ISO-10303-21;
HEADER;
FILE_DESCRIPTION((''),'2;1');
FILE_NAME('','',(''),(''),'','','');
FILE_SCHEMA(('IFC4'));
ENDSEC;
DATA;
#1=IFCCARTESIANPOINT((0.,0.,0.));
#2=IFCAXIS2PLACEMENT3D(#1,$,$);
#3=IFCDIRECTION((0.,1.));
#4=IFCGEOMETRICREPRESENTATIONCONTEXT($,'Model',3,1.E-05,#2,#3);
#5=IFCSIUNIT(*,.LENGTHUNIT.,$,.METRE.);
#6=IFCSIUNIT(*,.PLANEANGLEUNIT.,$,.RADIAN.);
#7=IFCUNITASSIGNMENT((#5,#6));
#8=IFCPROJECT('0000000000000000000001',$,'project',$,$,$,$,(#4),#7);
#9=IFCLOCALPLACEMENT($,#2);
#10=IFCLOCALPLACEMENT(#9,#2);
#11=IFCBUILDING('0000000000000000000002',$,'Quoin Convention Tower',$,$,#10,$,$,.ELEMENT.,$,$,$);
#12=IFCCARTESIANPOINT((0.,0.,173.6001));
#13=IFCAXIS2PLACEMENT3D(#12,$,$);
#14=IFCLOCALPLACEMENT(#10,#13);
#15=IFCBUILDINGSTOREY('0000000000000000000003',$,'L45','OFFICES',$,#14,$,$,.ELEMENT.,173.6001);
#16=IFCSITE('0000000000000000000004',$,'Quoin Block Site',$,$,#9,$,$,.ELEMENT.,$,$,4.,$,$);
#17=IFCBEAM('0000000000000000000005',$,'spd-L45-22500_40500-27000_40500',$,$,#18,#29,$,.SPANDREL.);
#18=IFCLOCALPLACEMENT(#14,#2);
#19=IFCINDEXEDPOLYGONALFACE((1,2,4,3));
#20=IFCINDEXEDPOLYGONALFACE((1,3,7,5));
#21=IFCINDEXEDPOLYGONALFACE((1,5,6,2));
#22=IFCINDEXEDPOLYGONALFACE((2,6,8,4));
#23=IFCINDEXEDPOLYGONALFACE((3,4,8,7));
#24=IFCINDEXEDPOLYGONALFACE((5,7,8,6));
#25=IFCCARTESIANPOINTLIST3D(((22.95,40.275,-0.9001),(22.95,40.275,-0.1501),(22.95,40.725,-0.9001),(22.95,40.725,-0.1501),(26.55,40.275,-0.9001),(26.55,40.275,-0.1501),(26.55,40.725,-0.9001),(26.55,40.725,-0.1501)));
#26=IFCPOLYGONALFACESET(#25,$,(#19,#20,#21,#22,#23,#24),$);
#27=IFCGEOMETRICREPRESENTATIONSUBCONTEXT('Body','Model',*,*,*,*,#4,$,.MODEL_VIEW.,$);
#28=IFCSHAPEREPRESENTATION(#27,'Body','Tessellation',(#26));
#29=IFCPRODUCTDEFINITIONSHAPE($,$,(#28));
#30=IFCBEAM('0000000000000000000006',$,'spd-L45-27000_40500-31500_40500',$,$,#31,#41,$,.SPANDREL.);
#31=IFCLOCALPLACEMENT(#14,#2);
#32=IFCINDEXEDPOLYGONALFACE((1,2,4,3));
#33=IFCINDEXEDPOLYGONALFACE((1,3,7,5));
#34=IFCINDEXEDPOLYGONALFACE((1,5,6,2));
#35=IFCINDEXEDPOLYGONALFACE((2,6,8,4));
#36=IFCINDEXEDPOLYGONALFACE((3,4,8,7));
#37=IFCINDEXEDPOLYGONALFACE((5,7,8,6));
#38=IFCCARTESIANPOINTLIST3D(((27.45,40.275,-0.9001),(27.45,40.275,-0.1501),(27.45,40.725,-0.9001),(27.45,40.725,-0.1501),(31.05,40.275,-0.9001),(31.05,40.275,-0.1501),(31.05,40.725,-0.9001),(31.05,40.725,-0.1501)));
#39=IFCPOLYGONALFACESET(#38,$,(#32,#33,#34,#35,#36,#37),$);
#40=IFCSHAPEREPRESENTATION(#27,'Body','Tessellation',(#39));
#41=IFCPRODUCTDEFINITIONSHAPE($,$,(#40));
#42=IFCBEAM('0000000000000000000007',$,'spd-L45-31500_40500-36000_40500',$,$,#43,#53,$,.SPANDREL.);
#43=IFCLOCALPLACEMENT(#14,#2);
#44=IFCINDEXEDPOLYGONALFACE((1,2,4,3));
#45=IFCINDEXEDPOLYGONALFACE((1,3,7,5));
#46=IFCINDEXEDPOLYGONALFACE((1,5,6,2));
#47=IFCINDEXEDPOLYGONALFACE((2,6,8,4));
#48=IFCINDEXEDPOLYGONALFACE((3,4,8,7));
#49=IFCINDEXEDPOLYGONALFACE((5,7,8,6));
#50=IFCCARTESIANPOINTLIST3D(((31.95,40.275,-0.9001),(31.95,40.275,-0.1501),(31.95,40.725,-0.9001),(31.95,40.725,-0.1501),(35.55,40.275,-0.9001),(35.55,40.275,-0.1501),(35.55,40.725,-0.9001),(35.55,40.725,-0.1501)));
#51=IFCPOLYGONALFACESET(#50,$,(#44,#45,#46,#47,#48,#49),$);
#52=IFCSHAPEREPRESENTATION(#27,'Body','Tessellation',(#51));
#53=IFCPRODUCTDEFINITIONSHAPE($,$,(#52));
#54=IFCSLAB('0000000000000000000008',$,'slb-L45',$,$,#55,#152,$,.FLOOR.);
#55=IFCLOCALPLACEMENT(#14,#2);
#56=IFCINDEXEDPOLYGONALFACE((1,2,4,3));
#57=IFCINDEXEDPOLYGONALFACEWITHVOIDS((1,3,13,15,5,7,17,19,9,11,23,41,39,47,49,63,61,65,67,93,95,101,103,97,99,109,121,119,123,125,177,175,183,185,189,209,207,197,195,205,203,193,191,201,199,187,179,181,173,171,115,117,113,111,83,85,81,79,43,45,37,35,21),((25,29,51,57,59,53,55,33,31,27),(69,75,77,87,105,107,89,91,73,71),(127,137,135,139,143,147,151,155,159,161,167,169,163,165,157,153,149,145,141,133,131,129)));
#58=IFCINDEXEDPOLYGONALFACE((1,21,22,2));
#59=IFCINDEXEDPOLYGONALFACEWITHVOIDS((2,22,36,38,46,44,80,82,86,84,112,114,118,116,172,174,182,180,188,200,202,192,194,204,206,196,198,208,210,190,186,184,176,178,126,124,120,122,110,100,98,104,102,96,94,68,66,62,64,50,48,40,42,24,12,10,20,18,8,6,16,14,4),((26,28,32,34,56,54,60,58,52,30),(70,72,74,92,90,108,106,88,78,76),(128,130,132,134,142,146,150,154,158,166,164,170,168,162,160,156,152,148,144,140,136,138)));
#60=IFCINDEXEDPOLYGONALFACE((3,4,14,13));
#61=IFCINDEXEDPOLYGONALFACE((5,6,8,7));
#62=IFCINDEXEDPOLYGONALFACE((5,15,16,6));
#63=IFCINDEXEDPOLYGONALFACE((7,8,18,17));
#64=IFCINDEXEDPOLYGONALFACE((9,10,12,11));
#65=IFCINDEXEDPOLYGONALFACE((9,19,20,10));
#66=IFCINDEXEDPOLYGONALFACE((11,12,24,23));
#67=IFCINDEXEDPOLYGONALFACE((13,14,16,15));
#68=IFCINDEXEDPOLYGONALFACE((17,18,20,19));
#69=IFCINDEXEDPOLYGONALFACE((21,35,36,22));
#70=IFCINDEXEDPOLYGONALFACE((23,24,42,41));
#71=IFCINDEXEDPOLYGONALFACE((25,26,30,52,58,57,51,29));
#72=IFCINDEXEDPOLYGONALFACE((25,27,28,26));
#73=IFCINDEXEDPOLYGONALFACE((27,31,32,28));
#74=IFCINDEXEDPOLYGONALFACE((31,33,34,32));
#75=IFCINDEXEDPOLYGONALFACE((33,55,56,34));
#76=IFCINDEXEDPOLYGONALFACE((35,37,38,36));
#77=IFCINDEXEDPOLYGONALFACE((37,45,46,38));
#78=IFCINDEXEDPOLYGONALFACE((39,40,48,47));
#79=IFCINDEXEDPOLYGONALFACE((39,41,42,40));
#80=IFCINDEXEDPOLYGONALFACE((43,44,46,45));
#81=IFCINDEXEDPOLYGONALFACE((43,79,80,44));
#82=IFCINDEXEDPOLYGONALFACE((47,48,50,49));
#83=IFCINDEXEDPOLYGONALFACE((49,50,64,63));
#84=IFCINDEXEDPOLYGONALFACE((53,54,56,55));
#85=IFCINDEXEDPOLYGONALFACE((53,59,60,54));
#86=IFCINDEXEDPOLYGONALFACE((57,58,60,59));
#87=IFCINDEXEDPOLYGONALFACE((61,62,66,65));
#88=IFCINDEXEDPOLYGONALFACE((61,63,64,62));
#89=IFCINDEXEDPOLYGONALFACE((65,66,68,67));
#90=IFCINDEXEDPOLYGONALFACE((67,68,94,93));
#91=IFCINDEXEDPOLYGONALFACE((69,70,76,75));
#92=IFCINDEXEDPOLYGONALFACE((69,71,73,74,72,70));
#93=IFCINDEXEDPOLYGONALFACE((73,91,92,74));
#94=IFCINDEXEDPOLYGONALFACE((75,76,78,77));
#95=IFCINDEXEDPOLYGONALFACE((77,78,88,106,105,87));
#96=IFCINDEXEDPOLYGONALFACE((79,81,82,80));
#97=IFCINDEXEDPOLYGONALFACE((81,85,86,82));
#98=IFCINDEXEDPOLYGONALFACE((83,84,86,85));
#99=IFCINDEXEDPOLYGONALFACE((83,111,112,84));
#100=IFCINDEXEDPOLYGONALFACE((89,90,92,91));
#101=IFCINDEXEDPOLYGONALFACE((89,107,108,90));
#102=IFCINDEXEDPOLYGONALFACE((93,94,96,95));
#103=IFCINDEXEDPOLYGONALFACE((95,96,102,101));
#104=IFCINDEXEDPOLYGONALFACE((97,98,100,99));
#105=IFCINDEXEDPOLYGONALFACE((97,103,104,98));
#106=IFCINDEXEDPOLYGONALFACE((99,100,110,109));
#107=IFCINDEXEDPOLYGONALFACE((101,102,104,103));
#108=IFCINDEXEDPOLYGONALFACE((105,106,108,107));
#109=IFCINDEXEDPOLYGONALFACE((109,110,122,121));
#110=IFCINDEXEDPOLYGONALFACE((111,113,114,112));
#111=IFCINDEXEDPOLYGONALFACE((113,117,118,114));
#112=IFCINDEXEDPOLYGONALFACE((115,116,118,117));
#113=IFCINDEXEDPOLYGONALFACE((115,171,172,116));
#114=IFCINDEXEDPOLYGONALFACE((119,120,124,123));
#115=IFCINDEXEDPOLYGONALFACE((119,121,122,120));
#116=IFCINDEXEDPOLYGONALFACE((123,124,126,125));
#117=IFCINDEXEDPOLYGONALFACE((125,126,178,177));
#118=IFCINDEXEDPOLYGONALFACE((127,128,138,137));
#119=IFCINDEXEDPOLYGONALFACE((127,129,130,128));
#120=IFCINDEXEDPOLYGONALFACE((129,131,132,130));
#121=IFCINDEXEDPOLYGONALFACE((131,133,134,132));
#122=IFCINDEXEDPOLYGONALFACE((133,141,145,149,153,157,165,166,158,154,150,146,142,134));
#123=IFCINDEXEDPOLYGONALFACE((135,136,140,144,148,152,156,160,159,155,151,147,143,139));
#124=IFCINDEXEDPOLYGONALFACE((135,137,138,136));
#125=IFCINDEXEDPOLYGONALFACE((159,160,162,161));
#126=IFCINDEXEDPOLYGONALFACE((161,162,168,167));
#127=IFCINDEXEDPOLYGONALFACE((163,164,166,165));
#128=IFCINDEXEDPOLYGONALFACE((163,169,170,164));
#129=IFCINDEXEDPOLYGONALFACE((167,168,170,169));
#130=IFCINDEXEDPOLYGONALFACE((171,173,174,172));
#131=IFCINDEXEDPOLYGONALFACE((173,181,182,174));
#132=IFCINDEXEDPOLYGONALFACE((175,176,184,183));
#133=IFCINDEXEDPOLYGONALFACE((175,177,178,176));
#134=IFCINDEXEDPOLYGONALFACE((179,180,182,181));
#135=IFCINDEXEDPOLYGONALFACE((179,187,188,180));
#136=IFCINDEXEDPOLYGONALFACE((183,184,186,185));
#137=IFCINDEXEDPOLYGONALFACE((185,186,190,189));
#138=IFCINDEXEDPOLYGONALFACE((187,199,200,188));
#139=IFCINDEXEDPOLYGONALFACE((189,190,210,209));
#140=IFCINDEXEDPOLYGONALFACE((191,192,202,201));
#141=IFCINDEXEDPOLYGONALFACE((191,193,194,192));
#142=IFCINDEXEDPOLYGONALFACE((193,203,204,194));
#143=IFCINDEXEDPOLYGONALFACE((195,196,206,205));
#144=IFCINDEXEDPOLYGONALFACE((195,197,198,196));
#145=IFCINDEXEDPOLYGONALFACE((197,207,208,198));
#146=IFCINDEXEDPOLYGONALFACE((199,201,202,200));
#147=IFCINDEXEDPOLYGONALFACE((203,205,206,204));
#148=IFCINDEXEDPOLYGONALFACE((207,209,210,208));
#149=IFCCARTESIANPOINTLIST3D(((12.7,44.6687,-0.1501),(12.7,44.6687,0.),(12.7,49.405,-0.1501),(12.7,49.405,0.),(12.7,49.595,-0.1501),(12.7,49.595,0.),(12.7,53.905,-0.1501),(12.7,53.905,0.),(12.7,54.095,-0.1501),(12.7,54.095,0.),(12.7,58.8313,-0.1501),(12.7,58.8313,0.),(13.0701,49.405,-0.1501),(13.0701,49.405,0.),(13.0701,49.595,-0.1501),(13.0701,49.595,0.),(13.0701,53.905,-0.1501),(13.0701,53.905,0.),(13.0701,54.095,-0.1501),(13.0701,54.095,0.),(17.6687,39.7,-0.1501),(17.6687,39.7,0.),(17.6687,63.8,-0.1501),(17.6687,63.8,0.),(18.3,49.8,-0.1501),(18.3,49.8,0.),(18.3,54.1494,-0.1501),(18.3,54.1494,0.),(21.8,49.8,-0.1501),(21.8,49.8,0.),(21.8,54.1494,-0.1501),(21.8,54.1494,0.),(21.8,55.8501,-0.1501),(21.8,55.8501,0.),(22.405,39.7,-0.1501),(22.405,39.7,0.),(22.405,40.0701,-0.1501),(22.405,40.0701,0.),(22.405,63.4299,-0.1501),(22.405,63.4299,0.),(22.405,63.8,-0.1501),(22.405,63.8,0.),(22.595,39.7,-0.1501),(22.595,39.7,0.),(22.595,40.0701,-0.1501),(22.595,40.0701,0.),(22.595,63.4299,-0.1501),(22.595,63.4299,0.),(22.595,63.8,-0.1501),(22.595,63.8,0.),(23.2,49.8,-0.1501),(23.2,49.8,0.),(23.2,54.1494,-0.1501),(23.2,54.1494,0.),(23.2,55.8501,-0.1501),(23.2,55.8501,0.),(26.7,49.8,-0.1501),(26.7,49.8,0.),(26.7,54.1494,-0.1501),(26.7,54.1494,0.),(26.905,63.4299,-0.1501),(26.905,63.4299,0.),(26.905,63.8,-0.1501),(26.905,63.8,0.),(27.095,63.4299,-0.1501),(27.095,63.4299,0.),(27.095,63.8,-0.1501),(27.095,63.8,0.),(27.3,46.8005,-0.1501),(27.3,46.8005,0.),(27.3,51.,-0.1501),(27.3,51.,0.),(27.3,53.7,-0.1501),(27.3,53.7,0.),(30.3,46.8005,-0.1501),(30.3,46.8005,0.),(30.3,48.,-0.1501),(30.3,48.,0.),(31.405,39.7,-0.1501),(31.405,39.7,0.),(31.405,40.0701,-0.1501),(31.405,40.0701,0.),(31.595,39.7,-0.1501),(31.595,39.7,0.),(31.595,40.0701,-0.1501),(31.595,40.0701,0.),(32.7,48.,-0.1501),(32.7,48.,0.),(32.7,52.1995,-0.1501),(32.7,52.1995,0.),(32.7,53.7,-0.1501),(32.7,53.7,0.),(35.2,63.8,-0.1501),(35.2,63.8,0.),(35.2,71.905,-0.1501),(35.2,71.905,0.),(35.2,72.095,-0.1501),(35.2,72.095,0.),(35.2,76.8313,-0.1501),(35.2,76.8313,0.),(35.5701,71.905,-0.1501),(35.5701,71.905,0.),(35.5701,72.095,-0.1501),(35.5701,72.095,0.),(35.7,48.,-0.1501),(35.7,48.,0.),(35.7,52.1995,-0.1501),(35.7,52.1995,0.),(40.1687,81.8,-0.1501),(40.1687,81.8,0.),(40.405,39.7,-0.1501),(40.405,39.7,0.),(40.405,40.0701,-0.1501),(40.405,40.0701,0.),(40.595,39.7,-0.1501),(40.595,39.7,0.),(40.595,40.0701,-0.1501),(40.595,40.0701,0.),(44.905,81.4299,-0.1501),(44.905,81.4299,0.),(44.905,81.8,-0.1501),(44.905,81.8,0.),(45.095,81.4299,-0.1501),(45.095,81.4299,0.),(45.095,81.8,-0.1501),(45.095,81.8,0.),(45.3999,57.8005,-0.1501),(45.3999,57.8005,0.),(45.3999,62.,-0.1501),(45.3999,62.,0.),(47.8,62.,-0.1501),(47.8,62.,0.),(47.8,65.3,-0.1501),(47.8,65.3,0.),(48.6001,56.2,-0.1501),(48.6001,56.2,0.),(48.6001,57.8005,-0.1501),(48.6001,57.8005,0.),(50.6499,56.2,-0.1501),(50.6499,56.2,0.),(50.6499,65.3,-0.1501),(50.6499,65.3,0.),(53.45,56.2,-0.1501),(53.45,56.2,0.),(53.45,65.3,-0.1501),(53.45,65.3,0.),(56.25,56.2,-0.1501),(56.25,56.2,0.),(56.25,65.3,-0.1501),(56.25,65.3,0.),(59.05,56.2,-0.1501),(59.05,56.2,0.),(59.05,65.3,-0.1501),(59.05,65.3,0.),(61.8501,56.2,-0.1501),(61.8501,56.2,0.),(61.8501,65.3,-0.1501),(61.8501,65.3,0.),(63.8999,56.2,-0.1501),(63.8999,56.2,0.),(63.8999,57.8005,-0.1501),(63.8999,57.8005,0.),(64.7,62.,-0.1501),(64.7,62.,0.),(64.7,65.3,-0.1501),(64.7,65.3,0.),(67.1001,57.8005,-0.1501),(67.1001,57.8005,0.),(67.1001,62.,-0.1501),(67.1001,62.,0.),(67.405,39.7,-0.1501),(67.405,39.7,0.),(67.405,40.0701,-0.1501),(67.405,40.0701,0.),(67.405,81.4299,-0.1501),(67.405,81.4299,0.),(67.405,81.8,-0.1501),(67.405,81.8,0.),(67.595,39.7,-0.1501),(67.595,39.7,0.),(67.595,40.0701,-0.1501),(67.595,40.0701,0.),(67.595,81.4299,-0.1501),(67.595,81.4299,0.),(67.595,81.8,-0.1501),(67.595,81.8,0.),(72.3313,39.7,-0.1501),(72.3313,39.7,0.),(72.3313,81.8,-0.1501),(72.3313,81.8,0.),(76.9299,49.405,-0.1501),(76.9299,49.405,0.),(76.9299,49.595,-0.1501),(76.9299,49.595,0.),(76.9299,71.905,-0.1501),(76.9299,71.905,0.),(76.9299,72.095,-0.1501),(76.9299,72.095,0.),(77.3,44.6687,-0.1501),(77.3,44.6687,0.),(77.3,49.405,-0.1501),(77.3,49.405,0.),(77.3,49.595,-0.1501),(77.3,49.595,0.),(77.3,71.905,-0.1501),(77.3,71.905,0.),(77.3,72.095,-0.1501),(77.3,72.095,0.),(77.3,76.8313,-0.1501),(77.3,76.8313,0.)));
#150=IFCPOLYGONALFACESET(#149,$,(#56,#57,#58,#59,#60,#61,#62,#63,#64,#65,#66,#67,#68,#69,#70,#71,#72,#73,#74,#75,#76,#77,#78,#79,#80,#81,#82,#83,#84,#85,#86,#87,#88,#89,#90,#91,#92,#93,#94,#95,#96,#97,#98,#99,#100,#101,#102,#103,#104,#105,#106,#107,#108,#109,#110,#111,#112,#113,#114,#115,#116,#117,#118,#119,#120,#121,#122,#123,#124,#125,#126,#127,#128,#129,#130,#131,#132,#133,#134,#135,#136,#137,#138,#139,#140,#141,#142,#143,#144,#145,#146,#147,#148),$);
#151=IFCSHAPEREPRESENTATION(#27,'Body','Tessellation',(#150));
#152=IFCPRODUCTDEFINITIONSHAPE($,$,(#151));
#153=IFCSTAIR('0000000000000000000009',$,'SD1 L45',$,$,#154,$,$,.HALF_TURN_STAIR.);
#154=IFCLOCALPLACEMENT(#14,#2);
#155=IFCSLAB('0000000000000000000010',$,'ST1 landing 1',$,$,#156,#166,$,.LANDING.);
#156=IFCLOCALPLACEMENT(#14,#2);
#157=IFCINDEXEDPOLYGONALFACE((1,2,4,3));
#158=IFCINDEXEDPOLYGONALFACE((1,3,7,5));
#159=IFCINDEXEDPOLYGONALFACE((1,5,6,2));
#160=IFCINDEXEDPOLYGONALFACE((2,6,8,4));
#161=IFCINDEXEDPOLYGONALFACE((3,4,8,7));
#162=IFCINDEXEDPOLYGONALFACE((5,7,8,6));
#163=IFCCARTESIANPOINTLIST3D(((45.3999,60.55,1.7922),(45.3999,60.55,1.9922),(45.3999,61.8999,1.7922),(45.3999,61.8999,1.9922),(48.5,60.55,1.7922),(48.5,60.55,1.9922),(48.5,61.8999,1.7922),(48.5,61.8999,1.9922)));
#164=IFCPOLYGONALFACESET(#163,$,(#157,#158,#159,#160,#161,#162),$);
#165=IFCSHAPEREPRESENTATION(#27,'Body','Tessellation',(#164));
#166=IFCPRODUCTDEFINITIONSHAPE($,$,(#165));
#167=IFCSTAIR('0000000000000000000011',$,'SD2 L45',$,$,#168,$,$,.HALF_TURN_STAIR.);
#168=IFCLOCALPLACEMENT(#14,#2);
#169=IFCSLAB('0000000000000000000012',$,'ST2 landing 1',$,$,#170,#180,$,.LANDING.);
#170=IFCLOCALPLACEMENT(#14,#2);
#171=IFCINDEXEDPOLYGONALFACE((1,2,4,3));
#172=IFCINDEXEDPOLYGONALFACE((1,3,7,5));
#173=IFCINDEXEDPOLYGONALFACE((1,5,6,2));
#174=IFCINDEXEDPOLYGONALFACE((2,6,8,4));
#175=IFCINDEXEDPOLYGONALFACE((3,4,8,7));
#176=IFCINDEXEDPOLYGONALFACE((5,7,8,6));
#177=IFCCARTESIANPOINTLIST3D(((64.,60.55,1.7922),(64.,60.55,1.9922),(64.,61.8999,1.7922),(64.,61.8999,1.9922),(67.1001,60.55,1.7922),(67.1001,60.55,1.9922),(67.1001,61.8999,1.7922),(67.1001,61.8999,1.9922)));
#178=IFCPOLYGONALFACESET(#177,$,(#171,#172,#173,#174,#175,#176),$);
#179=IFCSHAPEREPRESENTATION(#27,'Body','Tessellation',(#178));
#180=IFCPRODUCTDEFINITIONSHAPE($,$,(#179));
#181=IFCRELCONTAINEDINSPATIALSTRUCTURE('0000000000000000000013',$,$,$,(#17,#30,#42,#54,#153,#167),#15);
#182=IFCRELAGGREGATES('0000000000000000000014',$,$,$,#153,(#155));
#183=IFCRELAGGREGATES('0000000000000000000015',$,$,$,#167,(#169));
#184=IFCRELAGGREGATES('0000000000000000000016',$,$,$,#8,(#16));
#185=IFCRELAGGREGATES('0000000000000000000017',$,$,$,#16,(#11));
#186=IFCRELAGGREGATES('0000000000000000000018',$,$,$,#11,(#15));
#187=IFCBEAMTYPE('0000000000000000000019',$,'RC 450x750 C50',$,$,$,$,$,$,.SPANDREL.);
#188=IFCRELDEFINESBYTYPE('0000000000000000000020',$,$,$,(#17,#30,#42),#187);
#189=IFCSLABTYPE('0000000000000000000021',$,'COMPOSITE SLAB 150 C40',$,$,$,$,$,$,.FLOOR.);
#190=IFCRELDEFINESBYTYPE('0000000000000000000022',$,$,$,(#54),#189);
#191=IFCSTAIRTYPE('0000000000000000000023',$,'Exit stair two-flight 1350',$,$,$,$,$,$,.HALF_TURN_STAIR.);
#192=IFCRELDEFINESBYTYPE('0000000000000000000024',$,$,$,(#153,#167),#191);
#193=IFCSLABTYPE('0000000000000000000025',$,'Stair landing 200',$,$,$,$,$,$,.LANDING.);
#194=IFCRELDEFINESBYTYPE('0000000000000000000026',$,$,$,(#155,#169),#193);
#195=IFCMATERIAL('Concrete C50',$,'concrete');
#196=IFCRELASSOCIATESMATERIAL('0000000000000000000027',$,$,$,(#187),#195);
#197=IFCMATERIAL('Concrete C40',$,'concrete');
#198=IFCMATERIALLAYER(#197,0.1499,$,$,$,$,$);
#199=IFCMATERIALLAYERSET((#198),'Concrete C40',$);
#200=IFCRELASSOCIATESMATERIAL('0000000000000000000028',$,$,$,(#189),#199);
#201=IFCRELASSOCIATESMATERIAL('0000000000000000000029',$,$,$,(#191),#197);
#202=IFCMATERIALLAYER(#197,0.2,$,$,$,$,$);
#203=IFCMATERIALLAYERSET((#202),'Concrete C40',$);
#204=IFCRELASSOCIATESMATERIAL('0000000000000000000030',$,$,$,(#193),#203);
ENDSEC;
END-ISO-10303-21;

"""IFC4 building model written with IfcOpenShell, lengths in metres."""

from ifc_helpers import new_model, si_unit, direction, frame, origin, origin_2d, place, context, subcontext, project, spatial, polyline, rectangle, outline, extrude, material, layer, layer_set, material_profile, profile_set, type_object, element, aggregate, save


model = new_model("IFC4")

# Units and contexts
model_context = context("Model", 3, precision=1e-05, world=origin(), true_north=direction((0.0, 1.0)))
body_context = subcontext(model_context, "Body", "Model", "MODEL_VIEW")
ifc_project = project(units=[si_unit("LENGTHUNIT", "METRE"), si_unit("PLANEANGLEUNIT", "RADIAN")], contexts=[model_context])

# Site, building, storey
site_placement = place(None, origin())
site = spatial("IfcSite", under=ifc_project, at=site_placement, Name="Quoin Block Site", CompositionType="ELEMENT", RefElevation=4.0)
building_placement = place(site_placement, origin())
building = spatial("IfcBuilding", under=site, at=building_placement, Name="Quoin Convention Tower", CompositionType="ELEMENT")
storey_placement = place(building_placement, frame((0.0, 0.0, 173.6001)))
storey = spatial("IfcBuildingStorey", under=building, at=storey_placement, Name="L45", Description="OFFICES", CompositionType="ELEMENT", Elevation=173.6001)

# Shared definitions
ifc_material_1 = material(Name="Concrete C50", Category="concrete")

# Beams
ifc_material_profile_1 = material_profile(ifc_material_1, rectangle(XDim=0.45, YDim=0.75, at=origin_2d()), Name="RC 450x750")
ifc_profile_set_1 = profile_set([ifc_material_profile_1], Name="Concrete C50")
beam_type = type_object("IfcBeamType", Name="RC 450x750 C50", PredefinedType="SPANDREL", material=ifc_profile_set_1)
for number, where, z_axis, x_axis, name in (
    (1, (22.95, 40.5, -0.5251), (1.0, 0.0, 0.0), (0.0, 1.0, 0.0), "spd-L45-22500_40500-27000_40500"),
    (2, (27.45, 40.5, -0.5251), (1.0, 0.0, 0.0), (0.0, 1.0, 0.0), "spd-L45-27000_40500-31500_40500"),
    (3, (31.95, 40.5, -0.5251), (1.0, 0.0, 0.0), (0.0, 1.0, 0.0), "spd-L45-31500_40500-36000_40500"),
):
    element("IfcBeam", number, at=place(storey_placement, frame(where, z_axis=z_axis, x_axis=x_axis)), inside=storey, type_object=beam_type, Name=name, PredefinedType="SPANDREL", context=body_context, shape_type="SweptSolid", body=[
        extrude(rectangle(XDim=0.45, YDim=0.75, at=origin_2d()), origin(), (0.0, 0.0, 1.0), 3.6001),
    ])

# Slab
ifc_material_2 = material(Name="Concrete C40", Category="concrete")
ifc_layer_1 = layer(ifc_material_2, 0.1499)
ifc_layer_set_1 = layer_set([ifc_layer_1], Name="Concrete C40")
slab_type_1 = type_object("IfcSlabType", Name="COMPOSITE SLAB 150 C40", PredefinedType="FLOOR", material=ifc_layer_set_1)
slab_1_placement = place(storey_placement, frame((0.0, 0.0, -0.1501)))
element("IfcSlab", 4, at=slab_1_placement, inside=storey, type_object=slab_type_1, Name="slb-L45", PredefinedType="FLOOR", context=body_context, shape_type="SweptSolid", body=[
    extrude(outline(polyline([(12.7, 44.6687), (12.7, 49.405), (13.0701, 49.405), (13.0701, 49.595), (12.7, 49.595), (12.7, 53.905), (13.0701, 53.905), (13.0701, 54.095), (12.7, 54.095), (12.7, 58.8313), (17.6687, 63.8), (22.405, 63.8), (22.405, 63.4299), (22.595, 63.4299), (22.595, 63.8), (26.905, 63.8), (26.905, 63.4299), (27.095, 63.4299), (27.095, 63.8), (35.2, 63.8), (35.2, 71.905), (35.5701, 71.905), (35.5701, 72.095), (35.2, 72.095), (35.2, 76.8313), (40.1687, 81.8), (44.905, 81.8), (44.905, 81.4299), (45.095, 81.4299), (45.095, 81.8), (67.405, 81.8), (67.405, 81.4299), (67.595, 81.4299), (67.595, 81.8), (72.3313, 81.8), (77.3, 76.8313), (77.3, 72.095), (76.9299, 72.095), (76.9299, 71.905), (77.3, 71.905), (77.3, 49.595), (76.9299, 49.595), (76.9299, 49.405), (77.3, 49.405), (77.3, 44.6687), (72.3313, 39.7), (67.595, 39.7), (67.595, 40.0701), (67.405, 40.0701), (67.405, 39.7), (40.595, 39.7), (40.595, 40.0701), (40.405, 40.0701), (40.405, 39.7), (31.595, 39.7), (31.595, 40.0701), (31.405, 40.0701), (31.405, 39.7), (22.595, 39.7), (22.595, 40.0701), (22.405, 40.0701), (22.405, 39.7), (17.6687, 39.7), (12.7, 44.6687)]), holes=[polyline([(27.3, 46.8005), (30.3, 46.8005), (30.3, 48.0), (32.7, 48.0), (35.7, 48.0), (35.7, 52.1995), (32.7, 52.1995), (32.7, 53.7), (27.3, 53.7), (27.3, 51.0), (27.3, 46.8005)]), polyline([(21.8, 49.8), (23.2, 49.8), (26.7, 49.8), (26.7, 54.1494), (23.2, 54.1494), (23.2, 55.8501), (21.8, 55.8501), (21.8, 54.1494), (18.3, 54.1494), (18.3, 49.8), (21.8, 49.8)]), polyline([(50.6499, 56.2), (53.45, 56.2), (56.25, 56.2), (59.05, 56.2), (61.8501, 56.2), (63.8999, 56.2), (63.8999, 57.8005), (67.1001, 57.8005), (67.1001, 62.0), (64.7, 62.0), (64.7, 65.3), (61.8501, 65.3), (59.05, 65.3), (56.25, 65.3), (53.45, 65.3), (50.6499, 65.3), (47.8, 65.3), (47.8, 62.0), (45.3999, 62.0), (45.3999, 57.8005), (48.6001, 57.8005), (48.6001, 56.2), (50.6499, 56.2)])]), origin(), (0.0, 0.0, 1.0), 0.1501),
])

# Stairs, slabs
stair_type_1 = type_object("IfcStairType", Name="Exit stair two-flight 1350", PredefinedType="HALF_TURN_STAIR", material=ifc_material_2)
stair_1_placement = place(storey_placement, origin())
stair_1 = element("IfcStair", 5, at=stair_1_placement, inside=storey, type_object=stair_type_1, Name="SD1 L45", PredefinedType="HALF_TURN_STAIR")
ifc_layer_2 = layer(ifc_material_2, 0.2)
ifc_layer_set_2 = layer_set([ifc_layer_2], Name="Concrete C40")
slab_type_2 = type_object("IfcSlabType", Name="Stair landing 200", PredefinedType="LANDING", material=ifc_layer_set_2)
slab_2_placement = place(storey_placement, frame((0.0, 0.0, 1.7922)))
slab_2 = element("IfcSlab", 6, at=slab_2_placement, type_object=slab_type_2, Name="ST1 landing 1", PredefinedType="LANDING", context=body_context, shape_type="SweptSolid", body=[
    extrude(outline(polyline([(45.3999, 60.55), (48.5, 60.55), (48.5, 61.8999), (45.3999, 61.8999), (45.3999, 60.55)])), origin(), (0.0, 0.0, 1.0), 0.2),
])
aggregate(stair_1, [slab_2])
stair_2_placement = place(storey_placement, origin())
stair_2 = element("IfcStair", 7, at=stair_2_placement, inside=storey, type_object=stair_type_1, Name="SD2 L45", PredefinedType="HALF_TURN_STAIR")
slab_3_placement = place(storey_placement, frame((0.0, 0.0, 1.7922)))
slab_3 = element("IfcSlab", 8, at=slab_3_placement, type_object=slab_type_2, Name="ST2 landing 1", PredefinedType="LANDING", context=body_context, shape_type="SweptSolid", body=[
    extrude(outline(polyline([(64.0, 60.55), (67.1001, 60.55), (67.1001, 61.8999), (64.0, 61.8999), (64.0, 60.55)])), origin(), (0.0, 0.0, 1.0), 0.2),
])
aggregate(stair_2, [slab_3])

save(model, "model.ifc")
